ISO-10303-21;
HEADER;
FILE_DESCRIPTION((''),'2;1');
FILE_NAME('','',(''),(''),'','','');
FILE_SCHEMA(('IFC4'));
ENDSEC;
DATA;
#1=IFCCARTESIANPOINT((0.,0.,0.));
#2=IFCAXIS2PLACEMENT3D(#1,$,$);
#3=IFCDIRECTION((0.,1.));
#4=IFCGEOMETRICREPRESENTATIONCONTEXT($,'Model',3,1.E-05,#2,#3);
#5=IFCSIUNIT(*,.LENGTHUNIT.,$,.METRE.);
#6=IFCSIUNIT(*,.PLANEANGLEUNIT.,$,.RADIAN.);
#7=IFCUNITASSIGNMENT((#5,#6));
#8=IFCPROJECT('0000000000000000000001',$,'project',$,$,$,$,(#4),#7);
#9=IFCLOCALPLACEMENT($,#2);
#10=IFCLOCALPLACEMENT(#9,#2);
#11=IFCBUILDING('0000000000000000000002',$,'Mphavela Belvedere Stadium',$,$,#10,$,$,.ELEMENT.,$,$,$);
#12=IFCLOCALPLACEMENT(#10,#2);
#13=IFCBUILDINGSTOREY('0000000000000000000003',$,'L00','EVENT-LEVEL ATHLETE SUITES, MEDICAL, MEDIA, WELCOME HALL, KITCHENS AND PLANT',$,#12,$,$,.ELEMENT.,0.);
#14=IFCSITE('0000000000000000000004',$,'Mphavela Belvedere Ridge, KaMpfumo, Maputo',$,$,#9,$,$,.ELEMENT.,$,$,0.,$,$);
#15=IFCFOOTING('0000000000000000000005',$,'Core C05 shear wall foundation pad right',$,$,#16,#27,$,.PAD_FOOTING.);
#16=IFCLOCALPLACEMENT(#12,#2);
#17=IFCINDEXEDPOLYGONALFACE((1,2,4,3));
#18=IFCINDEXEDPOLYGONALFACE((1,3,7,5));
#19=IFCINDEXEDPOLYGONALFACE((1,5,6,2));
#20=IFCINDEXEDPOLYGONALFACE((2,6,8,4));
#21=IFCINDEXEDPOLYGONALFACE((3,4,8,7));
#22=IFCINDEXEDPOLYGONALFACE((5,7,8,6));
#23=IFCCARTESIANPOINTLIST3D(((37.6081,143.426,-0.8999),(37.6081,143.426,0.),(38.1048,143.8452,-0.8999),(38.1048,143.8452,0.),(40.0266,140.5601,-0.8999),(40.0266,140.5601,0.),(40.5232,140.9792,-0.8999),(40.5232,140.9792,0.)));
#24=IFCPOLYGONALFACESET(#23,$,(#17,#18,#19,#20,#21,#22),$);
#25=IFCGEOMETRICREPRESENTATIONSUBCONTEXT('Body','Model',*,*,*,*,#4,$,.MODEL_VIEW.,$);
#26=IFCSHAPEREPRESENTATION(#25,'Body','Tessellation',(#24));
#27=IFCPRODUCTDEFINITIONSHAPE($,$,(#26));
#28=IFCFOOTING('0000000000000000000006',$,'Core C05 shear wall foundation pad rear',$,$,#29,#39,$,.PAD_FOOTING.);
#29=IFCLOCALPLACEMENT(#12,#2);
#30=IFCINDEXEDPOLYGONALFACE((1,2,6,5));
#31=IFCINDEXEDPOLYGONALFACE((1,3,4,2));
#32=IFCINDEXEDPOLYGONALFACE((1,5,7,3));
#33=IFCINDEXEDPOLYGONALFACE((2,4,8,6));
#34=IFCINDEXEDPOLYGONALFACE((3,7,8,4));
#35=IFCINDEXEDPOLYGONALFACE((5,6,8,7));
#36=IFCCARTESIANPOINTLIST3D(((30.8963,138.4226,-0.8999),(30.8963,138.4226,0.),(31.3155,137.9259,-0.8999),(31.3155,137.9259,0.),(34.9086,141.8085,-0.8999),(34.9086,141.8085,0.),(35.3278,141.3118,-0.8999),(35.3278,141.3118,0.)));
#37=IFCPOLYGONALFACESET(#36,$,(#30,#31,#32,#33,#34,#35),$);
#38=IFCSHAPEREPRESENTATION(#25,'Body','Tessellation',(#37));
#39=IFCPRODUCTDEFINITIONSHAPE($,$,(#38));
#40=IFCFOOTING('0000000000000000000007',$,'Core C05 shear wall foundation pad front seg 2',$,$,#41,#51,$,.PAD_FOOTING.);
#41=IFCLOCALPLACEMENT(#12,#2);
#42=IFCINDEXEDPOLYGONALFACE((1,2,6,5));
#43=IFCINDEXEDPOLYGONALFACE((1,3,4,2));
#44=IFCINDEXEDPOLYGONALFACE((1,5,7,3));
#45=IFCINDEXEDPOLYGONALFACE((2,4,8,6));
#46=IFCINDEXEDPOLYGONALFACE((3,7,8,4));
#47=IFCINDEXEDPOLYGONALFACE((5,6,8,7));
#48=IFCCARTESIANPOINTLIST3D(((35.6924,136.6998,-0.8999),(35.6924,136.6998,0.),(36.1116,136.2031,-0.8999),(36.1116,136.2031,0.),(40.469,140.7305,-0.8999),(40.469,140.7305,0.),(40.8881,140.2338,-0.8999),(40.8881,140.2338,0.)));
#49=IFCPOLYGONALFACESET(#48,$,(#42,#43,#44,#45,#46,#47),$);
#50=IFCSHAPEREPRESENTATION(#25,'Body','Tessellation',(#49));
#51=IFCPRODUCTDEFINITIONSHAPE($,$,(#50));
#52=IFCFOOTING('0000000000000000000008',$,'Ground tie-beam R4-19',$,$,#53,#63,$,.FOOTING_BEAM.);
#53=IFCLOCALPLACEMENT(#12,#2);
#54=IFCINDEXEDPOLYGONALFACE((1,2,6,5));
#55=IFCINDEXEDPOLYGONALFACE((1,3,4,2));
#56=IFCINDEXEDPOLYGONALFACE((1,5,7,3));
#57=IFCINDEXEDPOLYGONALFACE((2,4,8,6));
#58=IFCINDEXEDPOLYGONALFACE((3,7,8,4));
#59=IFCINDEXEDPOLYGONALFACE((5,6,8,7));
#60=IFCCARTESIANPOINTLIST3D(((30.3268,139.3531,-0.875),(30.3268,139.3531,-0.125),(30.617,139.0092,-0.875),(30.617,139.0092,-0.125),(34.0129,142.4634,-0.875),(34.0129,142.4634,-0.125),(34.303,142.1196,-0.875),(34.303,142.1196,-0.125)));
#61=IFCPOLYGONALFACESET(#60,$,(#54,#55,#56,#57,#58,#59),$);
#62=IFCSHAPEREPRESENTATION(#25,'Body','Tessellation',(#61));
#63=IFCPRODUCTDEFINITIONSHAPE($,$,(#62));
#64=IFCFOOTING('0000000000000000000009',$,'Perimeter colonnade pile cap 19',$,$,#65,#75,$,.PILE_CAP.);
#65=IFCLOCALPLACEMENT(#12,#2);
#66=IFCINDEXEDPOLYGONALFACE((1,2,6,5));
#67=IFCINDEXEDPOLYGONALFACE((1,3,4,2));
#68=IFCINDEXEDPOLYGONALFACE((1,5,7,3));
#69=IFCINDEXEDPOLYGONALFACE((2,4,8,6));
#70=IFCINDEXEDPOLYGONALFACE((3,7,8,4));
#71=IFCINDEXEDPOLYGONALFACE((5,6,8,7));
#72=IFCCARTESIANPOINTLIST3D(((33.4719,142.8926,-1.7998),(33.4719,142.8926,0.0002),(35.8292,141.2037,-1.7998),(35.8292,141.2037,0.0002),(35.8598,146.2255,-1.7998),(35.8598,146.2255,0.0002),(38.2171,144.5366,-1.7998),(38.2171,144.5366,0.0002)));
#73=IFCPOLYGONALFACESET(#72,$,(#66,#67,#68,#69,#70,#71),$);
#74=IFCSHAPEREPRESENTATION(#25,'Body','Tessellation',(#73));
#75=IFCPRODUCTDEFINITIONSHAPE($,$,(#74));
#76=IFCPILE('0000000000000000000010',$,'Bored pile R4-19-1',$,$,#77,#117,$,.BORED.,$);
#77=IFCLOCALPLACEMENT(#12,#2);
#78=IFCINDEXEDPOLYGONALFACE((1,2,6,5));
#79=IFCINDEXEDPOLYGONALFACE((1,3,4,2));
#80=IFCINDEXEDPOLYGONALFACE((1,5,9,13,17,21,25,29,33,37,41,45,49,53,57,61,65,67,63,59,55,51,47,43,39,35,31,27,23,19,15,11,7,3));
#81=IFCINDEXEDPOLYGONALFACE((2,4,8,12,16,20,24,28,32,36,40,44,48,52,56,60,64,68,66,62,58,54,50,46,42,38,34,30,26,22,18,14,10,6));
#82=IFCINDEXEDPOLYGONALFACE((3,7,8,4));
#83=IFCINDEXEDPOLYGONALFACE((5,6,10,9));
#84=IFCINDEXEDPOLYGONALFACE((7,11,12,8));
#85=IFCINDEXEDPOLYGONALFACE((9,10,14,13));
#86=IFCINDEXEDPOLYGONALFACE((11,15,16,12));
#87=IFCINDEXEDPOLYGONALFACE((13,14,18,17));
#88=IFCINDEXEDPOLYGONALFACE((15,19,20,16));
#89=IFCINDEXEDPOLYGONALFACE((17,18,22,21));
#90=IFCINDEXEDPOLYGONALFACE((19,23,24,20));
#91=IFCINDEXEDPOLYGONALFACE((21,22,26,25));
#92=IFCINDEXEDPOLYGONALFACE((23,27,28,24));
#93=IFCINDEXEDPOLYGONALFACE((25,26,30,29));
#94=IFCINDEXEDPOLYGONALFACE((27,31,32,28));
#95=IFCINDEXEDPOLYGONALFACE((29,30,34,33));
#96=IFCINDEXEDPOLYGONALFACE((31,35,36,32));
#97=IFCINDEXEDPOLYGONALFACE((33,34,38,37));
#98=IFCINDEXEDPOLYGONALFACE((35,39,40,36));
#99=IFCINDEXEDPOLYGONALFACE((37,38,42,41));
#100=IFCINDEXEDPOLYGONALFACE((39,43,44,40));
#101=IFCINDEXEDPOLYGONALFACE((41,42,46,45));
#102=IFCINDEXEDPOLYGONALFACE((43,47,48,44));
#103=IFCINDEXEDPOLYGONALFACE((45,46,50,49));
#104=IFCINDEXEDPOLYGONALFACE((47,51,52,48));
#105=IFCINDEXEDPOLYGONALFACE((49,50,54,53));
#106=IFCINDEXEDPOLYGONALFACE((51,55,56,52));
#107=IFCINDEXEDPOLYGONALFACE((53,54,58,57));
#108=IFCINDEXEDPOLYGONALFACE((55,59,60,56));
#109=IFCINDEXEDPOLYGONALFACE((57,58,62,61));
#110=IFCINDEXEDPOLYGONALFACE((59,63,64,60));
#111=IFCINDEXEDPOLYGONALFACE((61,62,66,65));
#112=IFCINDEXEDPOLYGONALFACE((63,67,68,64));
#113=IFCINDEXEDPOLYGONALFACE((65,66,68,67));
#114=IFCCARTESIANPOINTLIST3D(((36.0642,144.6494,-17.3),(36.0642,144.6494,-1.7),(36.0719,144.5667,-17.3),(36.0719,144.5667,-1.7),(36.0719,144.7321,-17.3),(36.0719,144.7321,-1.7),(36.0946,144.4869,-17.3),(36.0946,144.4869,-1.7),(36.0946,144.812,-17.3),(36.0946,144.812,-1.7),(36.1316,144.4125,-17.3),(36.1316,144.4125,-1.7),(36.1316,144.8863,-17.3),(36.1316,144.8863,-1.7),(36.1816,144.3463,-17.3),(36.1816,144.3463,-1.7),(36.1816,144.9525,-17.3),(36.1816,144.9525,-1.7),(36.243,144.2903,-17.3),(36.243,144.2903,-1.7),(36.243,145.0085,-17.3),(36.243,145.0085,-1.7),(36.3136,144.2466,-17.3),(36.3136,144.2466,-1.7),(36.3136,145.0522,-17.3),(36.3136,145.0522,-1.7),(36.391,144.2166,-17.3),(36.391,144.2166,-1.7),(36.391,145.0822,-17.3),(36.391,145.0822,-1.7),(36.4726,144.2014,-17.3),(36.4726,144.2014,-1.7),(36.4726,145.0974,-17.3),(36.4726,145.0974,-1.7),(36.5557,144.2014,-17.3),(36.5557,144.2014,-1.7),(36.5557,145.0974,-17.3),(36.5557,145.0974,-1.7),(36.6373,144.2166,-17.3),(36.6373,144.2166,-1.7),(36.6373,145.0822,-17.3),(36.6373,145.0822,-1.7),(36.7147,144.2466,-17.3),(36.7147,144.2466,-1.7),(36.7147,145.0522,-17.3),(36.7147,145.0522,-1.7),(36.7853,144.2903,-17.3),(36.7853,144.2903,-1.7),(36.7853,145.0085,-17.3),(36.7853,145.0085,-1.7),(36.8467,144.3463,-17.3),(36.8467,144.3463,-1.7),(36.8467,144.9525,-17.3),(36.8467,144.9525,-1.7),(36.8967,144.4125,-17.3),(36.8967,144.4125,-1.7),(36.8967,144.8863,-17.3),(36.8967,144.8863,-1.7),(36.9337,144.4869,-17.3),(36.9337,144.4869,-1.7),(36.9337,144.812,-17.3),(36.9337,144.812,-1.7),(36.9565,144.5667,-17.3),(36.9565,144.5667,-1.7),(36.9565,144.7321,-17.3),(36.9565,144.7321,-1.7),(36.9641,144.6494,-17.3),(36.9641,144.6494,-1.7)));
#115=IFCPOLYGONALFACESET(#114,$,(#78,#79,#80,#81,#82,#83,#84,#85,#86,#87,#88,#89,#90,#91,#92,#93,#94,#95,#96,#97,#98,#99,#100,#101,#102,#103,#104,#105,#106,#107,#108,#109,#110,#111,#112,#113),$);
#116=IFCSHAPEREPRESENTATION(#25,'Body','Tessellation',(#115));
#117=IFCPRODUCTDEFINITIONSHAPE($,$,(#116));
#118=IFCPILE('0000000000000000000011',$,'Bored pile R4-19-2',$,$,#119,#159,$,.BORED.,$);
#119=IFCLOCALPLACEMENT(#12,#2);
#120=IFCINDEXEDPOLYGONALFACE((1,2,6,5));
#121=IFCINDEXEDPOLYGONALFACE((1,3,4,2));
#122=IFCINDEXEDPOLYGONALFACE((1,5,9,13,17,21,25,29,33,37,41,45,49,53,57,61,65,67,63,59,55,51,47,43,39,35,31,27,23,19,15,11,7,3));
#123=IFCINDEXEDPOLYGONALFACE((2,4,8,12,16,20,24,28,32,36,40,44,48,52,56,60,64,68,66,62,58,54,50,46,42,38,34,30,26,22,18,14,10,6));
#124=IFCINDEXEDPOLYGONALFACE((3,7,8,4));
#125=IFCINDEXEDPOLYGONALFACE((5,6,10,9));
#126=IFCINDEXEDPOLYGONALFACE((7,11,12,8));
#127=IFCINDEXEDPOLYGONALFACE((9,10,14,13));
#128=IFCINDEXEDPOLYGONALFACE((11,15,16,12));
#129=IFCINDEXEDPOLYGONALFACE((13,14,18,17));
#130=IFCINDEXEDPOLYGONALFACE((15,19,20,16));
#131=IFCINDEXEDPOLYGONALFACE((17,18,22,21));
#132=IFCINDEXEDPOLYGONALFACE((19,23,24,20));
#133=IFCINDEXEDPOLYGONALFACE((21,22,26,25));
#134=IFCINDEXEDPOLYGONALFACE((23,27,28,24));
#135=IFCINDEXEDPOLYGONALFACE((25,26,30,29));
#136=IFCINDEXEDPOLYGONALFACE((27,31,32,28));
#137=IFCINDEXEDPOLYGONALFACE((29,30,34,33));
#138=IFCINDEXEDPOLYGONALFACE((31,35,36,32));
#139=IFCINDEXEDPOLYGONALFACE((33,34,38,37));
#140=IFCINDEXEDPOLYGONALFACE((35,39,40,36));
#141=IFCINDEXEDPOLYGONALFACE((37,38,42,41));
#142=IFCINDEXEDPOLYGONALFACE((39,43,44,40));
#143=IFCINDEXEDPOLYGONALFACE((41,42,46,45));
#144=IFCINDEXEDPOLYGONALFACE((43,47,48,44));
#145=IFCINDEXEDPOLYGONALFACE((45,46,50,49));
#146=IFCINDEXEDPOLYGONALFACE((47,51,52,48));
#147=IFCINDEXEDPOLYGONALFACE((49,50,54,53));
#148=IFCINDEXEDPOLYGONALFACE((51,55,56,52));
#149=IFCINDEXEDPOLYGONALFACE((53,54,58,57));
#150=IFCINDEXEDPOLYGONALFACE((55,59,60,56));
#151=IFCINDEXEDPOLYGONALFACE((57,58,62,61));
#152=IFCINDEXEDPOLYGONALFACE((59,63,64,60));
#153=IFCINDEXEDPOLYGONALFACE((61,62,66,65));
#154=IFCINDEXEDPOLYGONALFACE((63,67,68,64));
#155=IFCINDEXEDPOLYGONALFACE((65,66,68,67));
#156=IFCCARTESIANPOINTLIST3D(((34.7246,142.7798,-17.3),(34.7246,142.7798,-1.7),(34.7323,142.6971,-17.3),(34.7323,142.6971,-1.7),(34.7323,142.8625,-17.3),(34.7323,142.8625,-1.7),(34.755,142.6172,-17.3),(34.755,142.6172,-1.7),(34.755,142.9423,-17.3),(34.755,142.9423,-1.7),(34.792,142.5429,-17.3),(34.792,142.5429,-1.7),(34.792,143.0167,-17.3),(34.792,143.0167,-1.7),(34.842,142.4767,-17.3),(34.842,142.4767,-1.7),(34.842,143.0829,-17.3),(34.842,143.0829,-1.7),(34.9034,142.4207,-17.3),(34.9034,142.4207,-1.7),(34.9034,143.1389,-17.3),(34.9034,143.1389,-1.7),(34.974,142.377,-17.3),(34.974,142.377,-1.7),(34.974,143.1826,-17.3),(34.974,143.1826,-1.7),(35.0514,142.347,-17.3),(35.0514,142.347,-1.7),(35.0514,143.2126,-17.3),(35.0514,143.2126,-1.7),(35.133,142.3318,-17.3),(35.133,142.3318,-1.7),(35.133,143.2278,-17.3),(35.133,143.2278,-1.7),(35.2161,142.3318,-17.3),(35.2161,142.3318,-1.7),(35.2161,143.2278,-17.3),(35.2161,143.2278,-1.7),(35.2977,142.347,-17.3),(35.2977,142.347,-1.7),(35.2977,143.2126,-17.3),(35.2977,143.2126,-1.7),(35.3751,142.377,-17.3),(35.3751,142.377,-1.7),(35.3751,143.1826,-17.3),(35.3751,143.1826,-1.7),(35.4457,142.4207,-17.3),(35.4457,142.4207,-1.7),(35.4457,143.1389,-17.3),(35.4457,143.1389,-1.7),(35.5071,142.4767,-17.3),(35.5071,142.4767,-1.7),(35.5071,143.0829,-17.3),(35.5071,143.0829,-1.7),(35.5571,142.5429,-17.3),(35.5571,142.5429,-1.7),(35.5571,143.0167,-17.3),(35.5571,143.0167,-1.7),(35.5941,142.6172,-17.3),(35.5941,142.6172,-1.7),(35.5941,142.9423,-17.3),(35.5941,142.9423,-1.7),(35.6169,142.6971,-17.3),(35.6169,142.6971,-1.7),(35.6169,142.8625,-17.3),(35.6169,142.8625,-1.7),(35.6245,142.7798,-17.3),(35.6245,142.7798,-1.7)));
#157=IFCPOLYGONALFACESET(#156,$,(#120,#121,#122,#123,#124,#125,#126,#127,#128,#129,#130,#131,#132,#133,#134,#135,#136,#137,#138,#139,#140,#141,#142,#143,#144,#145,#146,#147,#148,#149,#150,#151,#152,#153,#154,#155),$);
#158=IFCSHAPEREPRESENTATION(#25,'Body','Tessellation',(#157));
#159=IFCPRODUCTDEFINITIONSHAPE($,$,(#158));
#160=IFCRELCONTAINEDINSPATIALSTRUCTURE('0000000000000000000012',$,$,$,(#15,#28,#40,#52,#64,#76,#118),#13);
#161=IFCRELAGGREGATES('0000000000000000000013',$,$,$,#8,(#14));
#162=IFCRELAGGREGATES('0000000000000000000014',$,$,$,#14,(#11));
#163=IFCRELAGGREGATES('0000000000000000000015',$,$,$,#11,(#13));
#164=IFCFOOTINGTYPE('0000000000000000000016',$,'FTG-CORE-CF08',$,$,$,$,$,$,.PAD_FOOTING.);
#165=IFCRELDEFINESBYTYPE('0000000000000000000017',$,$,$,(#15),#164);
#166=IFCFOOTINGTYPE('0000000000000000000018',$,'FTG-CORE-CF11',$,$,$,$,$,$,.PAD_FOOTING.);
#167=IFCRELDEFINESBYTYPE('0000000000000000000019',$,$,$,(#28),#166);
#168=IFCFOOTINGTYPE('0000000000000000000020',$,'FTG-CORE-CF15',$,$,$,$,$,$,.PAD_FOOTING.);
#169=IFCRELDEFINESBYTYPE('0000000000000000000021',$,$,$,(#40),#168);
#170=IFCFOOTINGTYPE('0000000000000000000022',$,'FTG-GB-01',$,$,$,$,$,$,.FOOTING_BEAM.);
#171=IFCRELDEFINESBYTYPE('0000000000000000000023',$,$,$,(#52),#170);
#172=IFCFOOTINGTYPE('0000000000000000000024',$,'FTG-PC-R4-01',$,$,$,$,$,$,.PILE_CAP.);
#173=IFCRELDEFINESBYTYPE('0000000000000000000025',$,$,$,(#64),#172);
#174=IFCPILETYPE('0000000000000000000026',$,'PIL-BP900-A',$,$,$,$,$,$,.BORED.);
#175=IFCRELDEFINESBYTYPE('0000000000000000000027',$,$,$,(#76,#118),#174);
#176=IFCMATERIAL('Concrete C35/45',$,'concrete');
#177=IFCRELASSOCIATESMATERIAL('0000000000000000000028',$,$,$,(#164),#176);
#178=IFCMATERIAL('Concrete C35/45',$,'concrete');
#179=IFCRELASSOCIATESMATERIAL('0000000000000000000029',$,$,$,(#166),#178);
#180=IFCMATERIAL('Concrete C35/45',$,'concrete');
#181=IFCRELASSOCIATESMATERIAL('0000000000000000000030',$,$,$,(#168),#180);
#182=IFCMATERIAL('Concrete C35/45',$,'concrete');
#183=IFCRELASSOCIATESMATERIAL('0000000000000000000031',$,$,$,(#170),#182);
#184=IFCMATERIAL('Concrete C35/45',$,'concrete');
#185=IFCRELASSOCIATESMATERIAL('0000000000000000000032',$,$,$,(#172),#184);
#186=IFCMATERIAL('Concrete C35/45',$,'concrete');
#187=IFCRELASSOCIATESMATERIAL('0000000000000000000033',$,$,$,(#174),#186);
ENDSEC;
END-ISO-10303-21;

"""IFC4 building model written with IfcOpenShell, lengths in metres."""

from ifc_helpers import new_model, si_unit, direction, frame, origin, origin_2d, place, context, subcontext, project, spatial, rectangle, circle, extrude, material, material_profile, profile_set, type_object, element, save


model = new_model("IFC4")

# Units and contexts
model_context = context("Model", 3, precision=1e-05, world=origin(), true_north=direction((0.0, 1.0)))
body_context = subcontext(model_context, "Body", "Model", "MODEL_VIEW")
ifc_project = project(units=[si_unit("LENGTHUNIT", "METRE"), si_unit("PLANEANGLEUNIT", "RADIAN")], contexts=[model_context])

# Site, building, storey
site_placement = place(None, origin())
site = spatial("IfcSite", under=ifc_project, at=site_placement, Name="Mphavela Belvedere Ridge, KaMpfumo, Maputo", CompositionType="ELEMENT", RefElevation=0.0)
building_placement = place(site_placement, origin())
building = spatial("IfcBuilding", under=site, at=building_placement, Name="Mphavela Belvedere Stadium", CompositionType="ELEMENT")
storey_placement = place(building_placement, origin())
storey = spatial("IfcBuildingStorey", under=building, at=storey_placement, Name="L00", Description="EVENT-LEVEL ATHLETE SUITES, MEDICAL, MEDIA, WELCOME HALL, KITCHENS AND PLANT", CompositionType="ELEMENT", Elevation=0.0)

# Footings
ifc_material_1 = material(Name="Concrete C35/45", Category="concrete")
footing_type_1 = type_object("IfcFootingType", Name="FTG-CORE-CF08", PredefinedType="PAD_FOOTING", material=ifc_material_1)
footing_1_placement = place(storey_placement, frame((39.0657, 142.2026, -0.8999), z_axis=(0.0, 0.0, 1.0), x_axis=(-0.644924, 0.764246, 0.0)))
element("IfcFooting", 1, at=footing_1_placement, inside=storey, type_object=footing_type_1, Name="Core C05 shear wall foundation pad right", PredefinedType="PAD_FOOTING", context=body_context, shape_type="SweptSolid", body=[
    extrude(rectangle(XDim=3.75, YDim=0.6499, at=origin_2d()), origin(), (0.0, 0.0, 1.0), 0.8999),
])
ifc_material_2 = material(Name="Concrete C35/45", Category="concrete")
footing_type_2 = type_object("IfcFootingType", Name="FTG-CORE-CF11", PredefinedType="PAD_FOOTING", material=ifc_material_2)
footing_2_placement = place(storey_placement, frame((33.1121, 139.8672, -0.8999), z_axis=(0.0, 0.0, 1.0), x_axis=(0.764246, 0.644924, 0.0)))
element("IfcFooting", 2, at=footing_2_placement, inside=storey, type_object=footing_type_2, Name="Core C05 shear wall foundation pad rear", PredefinedType="PAD_FOOTING", context=body_context, shape_type="SweptSolid", body=[
    extrude(rectangle(XDim=5.25, YDim=0.6499, at=origin_2d()), origin(), (0.0, 0.0, 1.0), 0.8999),
])
ifc_material_3 = material(Name="Concrete C35/45", Category="concrete")
footing_type_3 = type_object("IfcFootingType", Name="FTG-CORE-CF15", PredefinedType="PAD_FOOTING", material=ifc_material_3)
footing_3_placement = place(storey_placement, frame((38.2903, 138.4668, -0.8999), z_axis=(0.0, 0.0, 1.0), x_axis=(0.764246, 0.644924, 0.0)))
element("IfcFooting", 3, at=footing_3_placement, inside=storey, type_object=footing_type_3, Name="Core C05 shear wall foundation pad front seg 2", PredefinedType="PAD_FOOTING", context=body_context, shape_type="SweptSolid", body=[
    extrude(rectangle(XDim=6.25, YDim=0.6499, at=origin_2d()), origin(), (0.0, 0.0, 1.0), 0.8999),
])
ifc_material_4 = material(Name="Concrete C35/45", Category="concrete")
ifc_material_profile_1 = material_profile(ifc_material_4, rectangle(XDim=0.45, YDim=0.75, at=origin_2d()), Name="GB 450x750")
ifc_profile_set_1 = profile_set([ifc_material_profile_1], Name="Concrete C35/45")
footing_type_4 = type_object("IfcFootingType", Name="FTG-GB-01", PredefinedType="FOOTING_BEAM", material=ifc_profile_set_1)
footing_4_placement = place(storey_placement, frame((34.158, 142.2915, -0.5), z_axis=(-0.764265, -0.644902, 0.0), x_axis=(0.644902, -0.764265, 0.0)))
element("IfcFooting", 4, at=footing_4_placement, inside=storey, type_object=footing_type_4, Name="Ground tie-beam R4-19", PredefinedType="FOOTING_BEAM", context=body_context, shape_type="SweptSolid", body=[
    extrude(rectangle(XDim=0.45, YDim=0.75, at=origin_2d()), origin(), (0.0, 0.0, 1.0), 4.823),
])
ifc_material_5 = material(Name="Concrete C35/45", Category="concrete")
footing_type_5 = type_object("IfcFootingType", Name="FTG-PC-R4-01", PredefinedType="PILE_CAP", material=ifc_material_5)
footing_5_placement = place(storey_placement, frame((35.8445, 143.7146, -1.7998), z_axis=(0.0, 0.0, 1.0), x_axis=(-0.582407, -0.812898, 0.0)))
element("IfcFooting", 5, at=footing_5_placement, inside=storey, type_object=footing_type_5, Name="Perimeter colonnade pile cap 19", PredefinedType="PILE_CAP", context=body_context, shape_type="SweptSolid", body=[
    extrude(rectangle(XDim=4.1001, YDim=2.8999, at=origin_2d()), origin(), (0.0, 0.0, 1.0), 1.8),
])

# Piles
ifc_material_6 = material(Name="Concrete C35/45", Category="concrete")
ifc_material_profile_2 = material_profile(ifc_material_6, circle(Radius=0.45, at=origin_2d()), Name="BP D900")
ifc_profile_set_2 = profile_set([ifc_material_profile_2], Name="Concrete C35/45")
pile_type = type_object("IfcPileType", Name="PIL-BP900-A", PredefinedType="BORED", material=ifc_profile_set_2)
for number, where, z_axis, x_axis, name in (
    (6, (36.5142, 144.6494, -1.7), (0.0, 0.0, -1.0), (1.0, 0.0, 0.0), "Bored pile R4-19-1"),
    (7, (35.1746, 142.7798, -1.7), (0.0, 0.0, -1.0), (1.0, 0.0, 0.0), "Bored pile R4-19-2"),
):
    element("IfcPile", number, at=place(storey_placement, frame(where, z_axis=z_axis, x_axis=x_axis)), inside=storey, type_object=pile_type, Name=name, PredefinedType="BORED", context=body_context, shape_type="SweptSolid", body=[
        extrude(circle(Radius=0.45, at=origin_2d()), origin(), (0.0, 0.0, 1.0), 15.6001),
    ])

save(model, "model.ifc")
